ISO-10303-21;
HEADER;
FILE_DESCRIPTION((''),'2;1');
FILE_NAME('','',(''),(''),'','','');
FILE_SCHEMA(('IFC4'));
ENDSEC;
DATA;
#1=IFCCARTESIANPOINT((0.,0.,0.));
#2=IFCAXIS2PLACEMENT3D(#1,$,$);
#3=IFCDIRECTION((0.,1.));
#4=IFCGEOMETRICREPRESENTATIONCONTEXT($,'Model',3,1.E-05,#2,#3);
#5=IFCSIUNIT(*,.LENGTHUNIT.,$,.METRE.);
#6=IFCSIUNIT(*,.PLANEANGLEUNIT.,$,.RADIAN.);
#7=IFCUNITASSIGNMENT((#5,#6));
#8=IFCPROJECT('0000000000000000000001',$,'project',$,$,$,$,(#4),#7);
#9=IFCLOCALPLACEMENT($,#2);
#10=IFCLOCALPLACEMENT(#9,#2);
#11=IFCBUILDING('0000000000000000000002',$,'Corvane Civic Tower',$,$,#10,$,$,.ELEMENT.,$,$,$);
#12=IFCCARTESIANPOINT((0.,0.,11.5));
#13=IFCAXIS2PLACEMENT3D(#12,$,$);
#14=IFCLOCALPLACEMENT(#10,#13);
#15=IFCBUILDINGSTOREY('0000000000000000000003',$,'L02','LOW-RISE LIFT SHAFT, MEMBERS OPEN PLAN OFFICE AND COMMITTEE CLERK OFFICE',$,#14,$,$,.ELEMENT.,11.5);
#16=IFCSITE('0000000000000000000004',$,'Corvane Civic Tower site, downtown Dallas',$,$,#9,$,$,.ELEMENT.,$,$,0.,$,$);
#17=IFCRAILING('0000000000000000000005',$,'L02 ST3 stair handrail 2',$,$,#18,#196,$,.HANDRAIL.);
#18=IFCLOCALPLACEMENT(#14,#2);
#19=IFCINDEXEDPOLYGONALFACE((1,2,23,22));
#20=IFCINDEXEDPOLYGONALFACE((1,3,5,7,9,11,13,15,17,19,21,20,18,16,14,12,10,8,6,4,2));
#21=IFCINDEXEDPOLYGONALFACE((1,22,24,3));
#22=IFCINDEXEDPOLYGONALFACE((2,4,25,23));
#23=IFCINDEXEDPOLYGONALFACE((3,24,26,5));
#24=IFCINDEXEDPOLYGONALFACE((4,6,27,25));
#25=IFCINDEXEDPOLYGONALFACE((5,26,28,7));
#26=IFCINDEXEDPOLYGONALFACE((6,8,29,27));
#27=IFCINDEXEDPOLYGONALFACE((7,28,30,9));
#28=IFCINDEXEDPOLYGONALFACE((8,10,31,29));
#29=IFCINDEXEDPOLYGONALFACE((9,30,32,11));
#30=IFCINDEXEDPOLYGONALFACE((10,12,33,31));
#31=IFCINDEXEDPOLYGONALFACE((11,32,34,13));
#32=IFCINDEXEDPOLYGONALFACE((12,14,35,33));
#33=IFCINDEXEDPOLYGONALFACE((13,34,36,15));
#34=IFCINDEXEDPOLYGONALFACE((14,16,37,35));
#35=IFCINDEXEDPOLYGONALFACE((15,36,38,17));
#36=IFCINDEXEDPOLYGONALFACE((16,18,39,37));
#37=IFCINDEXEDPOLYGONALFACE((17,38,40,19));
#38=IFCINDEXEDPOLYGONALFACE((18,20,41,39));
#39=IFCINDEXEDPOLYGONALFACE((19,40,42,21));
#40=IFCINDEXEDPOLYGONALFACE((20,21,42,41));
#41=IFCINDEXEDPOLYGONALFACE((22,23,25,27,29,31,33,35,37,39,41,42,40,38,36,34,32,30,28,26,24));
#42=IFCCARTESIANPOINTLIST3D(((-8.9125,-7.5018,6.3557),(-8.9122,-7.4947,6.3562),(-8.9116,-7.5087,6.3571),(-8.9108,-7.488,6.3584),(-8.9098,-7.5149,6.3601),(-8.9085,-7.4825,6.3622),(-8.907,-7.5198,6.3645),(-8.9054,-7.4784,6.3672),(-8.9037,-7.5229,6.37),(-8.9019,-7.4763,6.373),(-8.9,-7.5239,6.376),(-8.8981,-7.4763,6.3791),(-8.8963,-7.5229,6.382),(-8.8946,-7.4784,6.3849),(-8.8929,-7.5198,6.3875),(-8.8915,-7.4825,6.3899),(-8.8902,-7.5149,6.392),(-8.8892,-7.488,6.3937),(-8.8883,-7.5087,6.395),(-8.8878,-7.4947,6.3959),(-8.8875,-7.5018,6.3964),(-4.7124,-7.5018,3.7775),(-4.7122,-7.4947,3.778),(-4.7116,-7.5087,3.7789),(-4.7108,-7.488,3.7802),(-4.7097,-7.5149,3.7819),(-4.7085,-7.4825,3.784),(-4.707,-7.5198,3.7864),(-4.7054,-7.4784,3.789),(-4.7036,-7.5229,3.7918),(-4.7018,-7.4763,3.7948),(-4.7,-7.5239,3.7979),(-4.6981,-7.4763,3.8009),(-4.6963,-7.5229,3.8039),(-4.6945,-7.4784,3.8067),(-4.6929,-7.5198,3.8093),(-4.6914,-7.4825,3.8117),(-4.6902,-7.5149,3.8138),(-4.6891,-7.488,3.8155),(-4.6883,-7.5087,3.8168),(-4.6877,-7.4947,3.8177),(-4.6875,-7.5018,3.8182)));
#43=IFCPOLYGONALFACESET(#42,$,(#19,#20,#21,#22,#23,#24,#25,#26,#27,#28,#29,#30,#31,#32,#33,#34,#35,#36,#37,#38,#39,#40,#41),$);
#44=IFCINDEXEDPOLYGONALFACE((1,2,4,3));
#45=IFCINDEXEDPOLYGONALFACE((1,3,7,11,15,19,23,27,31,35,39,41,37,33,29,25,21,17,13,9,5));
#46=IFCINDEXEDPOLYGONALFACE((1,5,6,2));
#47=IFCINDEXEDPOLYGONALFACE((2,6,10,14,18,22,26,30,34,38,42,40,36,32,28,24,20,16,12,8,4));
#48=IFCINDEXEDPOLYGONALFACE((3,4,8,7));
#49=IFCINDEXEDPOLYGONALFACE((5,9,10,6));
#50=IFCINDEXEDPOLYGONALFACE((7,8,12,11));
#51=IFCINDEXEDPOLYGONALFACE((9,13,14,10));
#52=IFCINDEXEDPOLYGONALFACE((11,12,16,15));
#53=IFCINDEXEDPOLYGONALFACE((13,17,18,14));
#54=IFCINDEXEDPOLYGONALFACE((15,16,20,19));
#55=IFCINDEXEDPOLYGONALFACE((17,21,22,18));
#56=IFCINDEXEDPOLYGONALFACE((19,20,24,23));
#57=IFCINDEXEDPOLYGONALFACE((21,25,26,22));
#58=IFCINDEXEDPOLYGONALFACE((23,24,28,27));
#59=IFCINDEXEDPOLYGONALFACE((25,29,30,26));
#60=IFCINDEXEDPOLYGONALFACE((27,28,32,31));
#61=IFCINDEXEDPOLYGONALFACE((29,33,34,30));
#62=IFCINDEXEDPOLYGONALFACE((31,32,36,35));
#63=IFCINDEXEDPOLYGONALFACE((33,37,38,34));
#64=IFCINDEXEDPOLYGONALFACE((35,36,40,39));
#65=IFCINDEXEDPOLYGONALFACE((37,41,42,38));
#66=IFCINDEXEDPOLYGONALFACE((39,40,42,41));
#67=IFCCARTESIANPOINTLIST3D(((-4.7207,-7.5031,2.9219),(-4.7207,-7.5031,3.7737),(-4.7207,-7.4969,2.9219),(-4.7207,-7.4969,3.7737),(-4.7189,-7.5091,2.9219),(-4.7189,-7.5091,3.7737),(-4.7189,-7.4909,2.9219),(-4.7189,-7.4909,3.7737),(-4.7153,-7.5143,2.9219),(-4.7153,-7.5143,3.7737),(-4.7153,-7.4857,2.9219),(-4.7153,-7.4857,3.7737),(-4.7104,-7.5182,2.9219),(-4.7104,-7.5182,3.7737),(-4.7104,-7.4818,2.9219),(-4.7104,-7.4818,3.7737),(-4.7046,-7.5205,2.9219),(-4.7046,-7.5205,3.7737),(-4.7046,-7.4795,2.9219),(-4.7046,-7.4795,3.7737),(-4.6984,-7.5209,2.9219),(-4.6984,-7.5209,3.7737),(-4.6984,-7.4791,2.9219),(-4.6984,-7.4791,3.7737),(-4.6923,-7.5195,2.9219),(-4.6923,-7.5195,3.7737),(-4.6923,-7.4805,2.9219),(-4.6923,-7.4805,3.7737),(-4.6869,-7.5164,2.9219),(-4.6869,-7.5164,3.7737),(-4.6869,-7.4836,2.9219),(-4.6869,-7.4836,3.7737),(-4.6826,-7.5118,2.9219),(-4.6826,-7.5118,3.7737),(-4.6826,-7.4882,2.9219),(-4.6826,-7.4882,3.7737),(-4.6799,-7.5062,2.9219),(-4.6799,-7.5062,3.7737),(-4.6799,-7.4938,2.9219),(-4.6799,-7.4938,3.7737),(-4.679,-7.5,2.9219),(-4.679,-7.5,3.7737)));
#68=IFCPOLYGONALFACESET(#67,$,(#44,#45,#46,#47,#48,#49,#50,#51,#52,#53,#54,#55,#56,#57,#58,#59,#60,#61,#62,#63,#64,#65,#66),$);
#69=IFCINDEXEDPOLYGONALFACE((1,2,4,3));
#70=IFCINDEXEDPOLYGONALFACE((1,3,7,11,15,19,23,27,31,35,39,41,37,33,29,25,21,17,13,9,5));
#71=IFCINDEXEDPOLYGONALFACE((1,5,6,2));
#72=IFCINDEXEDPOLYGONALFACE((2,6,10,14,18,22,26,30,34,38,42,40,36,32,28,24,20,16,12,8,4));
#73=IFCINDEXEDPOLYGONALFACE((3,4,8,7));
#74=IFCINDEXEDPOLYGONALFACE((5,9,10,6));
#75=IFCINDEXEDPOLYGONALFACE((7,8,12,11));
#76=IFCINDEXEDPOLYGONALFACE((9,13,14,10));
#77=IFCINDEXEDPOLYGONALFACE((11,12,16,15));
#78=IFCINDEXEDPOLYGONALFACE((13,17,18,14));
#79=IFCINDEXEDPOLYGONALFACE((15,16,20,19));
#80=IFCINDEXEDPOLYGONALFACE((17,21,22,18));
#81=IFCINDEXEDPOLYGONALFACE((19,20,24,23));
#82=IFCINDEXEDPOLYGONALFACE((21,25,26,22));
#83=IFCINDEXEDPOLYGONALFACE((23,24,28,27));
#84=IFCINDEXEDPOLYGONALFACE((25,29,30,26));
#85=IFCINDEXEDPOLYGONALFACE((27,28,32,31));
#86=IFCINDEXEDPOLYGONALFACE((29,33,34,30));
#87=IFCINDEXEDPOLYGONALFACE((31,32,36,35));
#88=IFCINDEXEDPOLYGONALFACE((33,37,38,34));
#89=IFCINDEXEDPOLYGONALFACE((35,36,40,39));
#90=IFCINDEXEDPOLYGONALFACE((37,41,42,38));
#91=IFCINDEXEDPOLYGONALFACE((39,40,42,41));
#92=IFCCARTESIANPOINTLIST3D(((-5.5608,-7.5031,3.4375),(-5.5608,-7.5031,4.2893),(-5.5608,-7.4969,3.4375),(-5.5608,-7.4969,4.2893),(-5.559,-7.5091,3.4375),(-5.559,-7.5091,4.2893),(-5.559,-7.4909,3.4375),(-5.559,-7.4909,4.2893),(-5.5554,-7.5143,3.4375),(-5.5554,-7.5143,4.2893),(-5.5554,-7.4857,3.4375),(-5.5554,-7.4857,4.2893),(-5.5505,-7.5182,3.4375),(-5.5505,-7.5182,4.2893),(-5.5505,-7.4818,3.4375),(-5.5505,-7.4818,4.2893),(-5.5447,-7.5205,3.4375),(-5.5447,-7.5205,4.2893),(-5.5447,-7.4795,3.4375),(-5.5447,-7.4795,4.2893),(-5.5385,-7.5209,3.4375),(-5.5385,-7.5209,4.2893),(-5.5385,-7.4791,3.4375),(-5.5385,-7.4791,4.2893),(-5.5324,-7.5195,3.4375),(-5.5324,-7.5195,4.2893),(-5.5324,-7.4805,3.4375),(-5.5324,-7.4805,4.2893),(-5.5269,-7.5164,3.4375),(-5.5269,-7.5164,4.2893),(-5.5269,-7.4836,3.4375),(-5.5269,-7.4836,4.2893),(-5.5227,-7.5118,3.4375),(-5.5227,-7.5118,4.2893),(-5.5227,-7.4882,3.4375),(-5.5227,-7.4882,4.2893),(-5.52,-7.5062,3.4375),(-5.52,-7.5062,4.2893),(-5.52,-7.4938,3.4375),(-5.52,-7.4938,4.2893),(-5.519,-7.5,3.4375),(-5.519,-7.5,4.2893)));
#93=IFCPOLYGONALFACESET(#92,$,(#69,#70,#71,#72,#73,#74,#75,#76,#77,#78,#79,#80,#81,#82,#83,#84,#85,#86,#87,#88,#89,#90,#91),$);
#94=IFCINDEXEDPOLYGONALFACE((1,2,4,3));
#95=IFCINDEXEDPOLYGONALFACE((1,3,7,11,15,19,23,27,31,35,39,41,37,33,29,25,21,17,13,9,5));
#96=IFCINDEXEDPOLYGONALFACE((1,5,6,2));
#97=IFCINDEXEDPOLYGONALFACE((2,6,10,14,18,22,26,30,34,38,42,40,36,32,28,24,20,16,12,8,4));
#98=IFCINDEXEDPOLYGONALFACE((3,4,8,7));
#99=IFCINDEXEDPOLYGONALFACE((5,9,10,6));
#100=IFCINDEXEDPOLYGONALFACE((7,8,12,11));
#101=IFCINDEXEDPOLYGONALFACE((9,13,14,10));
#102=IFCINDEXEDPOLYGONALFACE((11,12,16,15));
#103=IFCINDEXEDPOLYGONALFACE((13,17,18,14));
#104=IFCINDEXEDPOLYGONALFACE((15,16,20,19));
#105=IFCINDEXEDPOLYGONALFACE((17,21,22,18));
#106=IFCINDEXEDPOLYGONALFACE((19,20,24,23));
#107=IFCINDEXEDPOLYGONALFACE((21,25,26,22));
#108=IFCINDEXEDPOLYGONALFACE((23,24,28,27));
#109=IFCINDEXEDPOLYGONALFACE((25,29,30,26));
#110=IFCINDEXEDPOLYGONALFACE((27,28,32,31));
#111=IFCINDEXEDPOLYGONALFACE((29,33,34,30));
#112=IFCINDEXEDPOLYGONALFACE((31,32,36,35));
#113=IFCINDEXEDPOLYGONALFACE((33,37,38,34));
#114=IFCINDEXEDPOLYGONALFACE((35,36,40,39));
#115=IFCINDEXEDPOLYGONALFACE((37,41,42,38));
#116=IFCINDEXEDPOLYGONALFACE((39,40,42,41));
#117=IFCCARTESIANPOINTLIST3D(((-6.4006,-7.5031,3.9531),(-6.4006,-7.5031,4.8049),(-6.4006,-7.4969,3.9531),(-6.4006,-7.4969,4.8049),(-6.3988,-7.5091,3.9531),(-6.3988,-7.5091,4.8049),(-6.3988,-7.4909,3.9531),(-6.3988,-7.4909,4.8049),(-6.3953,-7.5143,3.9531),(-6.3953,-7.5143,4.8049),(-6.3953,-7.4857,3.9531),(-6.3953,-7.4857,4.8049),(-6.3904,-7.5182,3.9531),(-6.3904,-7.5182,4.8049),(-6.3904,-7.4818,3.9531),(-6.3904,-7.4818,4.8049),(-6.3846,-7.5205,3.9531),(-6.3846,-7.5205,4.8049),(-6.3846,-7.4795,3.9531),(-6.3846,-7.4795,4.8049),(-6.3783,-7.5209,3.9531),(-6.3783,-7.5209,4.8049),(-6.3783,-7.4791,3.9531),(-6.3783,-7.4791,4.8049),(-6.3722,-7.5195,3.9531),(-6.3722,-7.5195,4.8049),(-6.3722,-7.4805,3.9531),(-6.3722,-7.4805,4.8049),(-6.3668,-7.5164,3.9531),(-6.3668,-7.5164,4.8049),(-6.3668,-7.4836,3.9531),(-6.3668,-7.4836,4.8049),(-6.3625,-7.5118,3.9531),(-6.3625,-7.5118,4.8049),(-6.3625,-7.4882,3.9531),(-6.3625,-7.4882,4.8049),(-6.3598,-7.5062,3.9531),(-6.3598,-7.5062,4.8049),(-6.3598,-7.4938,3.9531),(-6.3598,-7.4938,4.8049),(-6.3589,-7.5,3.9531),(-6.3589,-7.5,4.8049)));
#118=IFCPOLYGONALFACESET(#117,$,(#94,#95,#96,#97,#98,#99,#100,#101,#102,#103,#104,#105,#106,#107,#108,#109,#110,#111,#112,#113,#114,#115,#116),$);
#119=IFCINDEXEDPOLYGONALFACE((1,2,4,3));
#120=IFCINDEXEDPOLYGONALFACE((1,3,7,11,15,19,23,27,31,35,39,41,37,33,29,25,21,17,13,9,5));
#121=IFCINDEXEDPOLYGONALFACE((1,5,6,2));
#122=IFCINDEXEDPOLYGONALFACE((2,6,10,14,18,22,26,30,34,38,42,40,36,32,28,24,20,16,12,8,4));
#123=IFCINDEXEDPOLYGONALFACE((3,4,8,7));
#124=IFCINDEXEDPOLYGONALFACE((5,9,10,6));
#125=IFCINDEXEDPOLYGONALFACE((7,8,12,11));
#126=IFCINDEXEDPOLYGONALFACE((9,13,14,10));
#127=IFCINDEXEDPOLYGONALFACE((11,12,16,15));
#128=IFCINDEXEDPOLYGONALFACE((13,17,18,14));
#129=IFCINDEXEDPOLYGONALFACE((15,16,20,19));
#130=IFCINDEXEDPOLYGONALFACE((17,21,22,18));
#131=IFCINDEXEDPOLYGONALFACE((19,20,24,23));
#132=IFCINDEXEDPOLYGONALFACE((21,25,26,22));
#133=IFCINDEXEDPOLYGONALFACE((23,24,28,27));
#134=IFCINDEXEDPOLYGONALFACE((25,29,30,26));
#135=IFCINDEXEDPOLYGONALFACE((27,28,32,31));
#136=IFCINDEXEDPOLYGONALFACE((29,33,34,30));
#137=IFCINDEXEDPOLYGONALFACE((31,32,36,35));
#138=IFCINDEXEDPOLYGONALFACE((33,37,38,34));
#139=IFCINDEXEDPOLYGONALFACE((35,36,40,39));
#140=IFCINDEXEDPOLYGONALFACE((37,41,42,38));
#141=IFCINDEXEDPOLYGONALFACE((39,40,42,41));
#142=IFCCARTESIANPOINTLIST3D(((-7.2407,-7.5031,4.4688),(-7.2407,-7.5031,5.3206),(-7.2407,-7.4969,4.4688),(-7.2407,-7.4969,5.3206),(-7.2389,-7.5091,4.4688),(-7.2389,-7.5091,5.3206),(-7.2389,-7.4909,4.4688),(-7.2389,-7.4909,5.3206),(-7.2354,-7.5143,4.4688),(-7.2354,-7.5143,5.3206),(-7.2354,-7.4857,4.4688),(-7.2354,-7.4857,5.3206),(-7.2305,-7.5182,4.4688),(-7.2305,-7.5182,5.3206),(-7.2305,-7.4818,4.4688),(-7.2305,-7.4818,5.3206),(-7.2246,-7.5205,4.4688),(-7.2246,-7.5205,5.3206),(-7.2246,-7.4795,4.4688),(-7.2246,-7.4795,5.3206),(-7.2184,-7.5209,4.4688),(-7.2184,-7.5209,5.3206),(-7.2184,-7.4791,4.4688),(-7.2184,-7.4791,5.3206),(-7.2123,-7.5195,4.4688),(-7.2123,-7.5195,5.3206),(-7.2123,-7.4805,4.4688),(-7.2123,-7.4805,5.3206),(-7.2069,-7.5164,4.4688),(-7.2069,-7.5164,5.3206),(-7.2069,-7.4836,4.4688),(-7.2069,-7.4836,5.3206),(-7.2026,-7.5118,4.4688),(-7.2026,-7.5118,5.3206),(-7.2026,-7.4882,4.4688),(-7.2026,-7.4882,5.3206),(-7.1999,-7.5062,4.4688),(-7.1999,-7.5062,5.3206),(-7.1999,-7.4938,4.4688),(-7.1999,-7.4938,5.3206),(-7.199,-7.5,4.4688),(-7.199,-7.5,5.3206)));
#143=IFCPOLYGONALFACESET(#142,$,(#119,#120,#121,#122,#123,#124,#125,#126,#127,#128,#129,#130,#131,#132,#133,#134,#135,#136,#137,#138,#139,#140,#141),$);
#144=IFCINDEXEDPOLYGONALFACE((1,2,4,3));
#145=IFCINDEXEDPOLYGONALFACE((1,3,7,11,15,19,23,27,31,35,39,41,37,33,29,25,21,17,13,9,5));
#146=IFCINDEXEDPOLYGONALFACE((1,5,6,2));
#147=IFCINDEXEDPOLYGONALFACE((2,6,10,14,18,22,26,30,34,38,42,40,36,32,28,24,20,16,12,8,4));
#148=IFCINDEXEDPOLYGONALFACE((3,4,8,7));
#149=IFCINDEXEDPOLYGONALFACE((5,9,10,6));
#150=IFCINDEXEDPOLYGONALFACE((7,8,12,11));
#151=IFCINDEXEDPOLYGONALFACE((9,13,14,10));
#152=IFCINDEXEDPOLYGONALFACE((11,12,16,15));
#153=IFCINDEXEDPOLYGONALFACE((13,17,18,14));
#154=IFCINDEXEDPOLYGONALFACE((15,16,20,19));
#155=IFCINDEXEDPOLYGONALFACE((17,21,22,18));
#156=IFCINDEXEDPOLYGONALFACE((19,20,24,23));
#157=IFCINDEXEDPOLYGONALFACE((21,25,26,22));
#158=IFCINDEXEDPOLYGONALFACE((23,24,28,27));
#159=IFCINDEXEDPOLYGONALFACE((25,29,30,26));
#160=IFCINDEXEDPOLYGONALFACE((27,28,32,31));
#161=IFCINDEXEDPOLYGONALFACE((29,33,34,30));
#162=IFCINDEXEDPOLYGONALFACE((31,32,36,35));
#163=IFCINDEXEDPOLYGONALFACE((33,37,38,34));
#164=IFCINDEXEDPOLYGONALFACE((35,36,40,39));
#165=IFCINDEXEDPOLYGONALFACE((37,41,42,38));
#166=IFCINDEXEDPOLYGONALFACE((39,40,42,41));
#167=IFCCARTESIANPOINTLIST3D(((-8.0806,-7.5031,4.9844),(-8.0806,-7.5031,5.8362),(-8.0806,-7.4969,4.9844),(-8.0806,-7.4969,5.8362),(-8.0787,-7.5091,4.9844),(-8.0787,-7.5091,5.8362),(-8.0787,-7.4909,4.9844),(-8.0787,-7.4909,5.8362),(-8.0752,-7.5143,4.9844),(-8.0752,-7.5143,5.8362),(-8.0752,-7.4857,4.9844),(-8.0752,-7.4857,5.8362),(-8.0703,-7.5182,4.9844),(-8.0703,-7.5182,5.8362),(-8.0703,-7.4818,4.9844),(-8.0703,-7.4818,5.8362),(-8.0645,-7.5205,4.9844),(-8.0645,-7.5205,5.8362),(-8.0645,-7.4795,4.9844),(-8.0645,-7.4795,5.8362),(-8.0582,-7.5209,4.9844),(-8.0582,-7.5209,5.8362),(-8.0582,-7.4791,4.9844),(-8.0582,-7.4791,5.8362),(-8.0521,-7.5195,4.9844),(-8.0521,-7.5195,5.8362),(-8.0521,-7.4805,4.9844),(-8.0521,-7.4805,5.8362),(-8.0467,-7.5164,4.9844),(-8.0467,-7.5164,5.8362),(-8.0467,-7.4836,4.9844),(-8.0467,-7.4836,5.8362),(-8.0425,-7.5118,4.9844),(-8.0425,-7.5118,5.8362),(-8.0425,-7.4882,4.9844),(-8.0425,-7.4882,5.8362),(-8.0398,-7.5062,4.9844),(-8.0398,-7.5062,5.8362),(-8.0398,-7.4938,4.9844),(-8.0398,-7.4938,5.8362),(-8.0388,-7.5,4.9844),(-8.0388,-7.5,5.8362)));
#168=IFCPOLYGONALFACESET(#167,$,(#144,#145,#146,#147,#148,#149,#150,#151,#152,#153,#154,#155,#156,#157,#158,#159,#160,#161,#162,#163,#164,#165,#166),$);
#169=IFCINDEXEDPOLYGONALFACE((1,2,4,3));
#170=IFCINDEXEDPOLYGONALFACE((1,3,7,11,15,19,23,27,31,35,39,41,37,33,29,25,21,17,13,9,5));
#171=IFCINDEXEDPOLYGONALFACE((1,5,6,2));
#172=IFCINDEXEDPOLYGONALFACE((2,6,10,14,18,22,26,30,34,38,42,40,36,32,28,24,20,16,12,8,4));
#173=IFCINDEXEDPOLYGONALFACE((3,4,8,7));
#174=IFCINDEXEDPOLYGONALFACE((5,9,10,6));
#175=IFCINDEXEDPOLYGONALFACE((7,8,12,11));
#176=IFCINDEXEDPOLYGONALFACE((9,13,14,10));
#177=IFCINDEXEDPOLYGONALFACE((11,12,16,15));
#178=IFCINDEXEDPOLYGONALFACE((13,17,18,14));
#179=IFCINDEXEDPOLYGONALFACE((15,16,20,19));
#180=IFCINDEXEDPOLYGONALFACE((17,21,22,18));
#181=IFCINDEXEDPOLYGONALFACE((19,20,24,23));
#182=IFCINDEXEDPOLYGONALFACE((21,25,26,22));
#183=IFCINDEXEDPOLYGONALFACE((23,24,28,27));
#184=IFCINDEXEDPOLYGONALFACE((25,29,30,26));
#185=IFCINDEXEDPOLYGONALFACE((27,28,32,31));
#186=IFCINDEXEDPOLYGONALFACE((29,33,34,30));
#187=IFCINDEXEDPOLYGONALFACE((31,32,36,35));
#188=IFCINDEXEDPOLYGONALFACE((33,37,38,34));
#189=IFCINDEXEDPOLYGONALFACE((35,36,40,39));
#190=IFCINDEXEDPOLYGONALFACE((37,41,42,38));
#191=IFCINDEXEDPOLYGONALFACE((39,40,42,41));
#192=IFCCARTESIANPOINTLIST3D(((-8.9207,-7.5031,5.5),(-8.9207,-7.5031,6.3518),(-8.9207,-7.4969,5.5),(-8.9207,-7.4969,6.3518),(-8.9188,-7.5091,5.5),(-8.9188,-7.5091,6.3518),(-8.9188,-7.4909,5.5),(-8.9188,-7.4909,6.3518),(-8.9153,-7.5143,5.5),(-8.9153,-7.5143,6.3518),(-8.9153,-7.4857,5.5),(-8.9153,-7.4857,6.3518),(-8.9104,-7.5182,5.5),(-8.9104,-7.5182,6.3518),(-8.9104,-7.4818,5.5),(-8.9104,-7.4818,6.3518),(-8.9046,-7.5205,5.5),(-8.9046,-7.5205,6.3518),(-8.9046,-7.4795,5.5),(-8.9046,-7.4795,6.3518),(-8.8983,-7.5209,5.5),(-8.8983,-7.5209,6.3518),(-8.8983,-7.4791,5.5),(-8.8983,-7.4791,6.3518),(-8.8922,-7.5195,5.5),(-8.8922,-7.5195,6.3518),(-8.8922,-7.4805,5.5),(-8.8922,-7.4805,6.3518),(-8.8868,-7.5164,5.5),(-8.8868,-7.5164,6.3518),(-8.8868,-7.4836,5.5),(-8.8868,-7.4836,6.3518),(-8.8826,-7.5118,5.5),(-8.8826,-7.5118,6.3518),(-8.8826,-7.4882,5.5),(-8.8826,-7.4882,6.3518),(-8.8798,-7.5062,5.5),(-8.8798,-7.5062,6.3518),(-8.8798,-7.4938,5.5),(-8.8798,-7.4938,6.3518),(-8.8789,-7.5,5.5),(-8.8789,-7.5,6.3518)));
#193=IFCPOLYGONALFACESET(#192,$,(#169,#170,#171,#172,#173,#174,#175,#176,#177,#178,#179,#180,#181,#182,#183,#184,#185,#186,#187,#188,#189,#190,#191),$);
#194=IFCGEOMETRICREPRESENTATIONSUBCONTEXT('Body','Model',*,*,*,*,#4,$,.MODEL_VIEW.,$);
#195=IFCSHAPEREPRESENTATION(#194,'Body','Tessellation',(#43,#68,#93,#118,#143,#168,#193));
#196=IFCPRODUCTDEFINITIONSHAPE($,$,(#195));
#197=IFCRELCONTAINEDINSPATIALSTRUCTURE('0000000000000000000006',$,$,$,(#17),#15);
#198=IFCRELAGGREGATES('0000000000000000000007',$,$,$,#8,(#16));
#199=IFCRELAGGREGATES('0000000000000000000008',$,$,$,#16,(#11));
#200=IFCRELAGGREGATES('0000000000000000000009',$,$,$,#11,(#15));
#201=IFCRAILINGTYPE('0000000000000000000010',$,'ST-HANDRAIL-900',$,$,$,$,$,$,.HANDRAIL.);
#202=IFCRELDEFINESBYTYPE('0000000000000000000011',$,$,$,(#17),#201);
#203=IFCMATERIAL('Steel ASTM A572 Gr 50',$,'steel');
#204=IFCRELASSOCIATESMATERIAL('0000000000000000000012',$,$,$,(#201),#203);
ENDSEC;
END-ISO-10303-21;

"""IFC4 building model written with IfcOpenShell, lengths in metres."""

from ifc_helpers import new_model, si_unit, direction, frame, origin, origin_2d, place, context, subcontext, project, spatial, circle, extrude, material, type_object, element, save


model = new_model("IFC4")

# Units and contexts
model_context = context("Model", 3, precision=1e-05, world=origin(), true_north=direction((0.0, 1.0)))
body_context = subcontext(model_context, "Body", "Model", "MODEL_VIEW")
ifc_project = project(units=[si_unit("LENGTHUNIT", "METRE"), si_unit("PLANEANGLEUNIT", "RADIAN")], contexts=[model_context])

# Site, building, storey
site_placement = place(None, origin())
site = spatial("IfcSite", under=ifc_project, at=site_placement, Name="Corvane Civic Tower site, downtown Dallas", CompositionType="ELEMENT", RefElevation=0.0)
building_placement = place(site_placement, origin())
building = spatial("IfcBuilding", under=site, at=building_placement, Name="Corvane Civic Tower", CompositionType="ELEMENT")
storey_placement = place(building_placement, frame((0.0, 0.0, 11.5)))
storey = spatial("IfcBuildingStorey", under=building, at=storey_placement, Name="L02", Description="LOW-RISE LIFT SHAFT, MEMBERS OPEN PLAN OFFICE AND COMMITTEE CLERK OFFICE", CompositionType="ELEMENT", Elevation=11.5)

# Railing
ifc_material_1 = material(Name="Steel ASTM A572 Gr 50", Category="steel")
railing_type = type_object("IfcRailingType", Name="ST-HANDRAIL-900", PredefinedType="HANDRAIL", material=ifc_material_1)
railing_placement = place(storey_placement, frame((-4.7, -7.5, 2.9219)))
element("IfcRailing", 1, at=railing_placement, inside=storey, type_object=railing_type, Name="L02 ST3 stair handrail 2", PredefinedType="HANDRAIL", context=body_context, shape_type="SweptSolid", body=[
    extrude(circle(Radius=0.0239, at=origin_2d()), frame((0.0, 0.0, 0.876), z_axis=(-0.852243, 0.0, 0.523146), x_axis=(0.0, -1.0, 0.0)), (0.0, 0.0, 1.0), 4.9282),
    extrude(circle(Radius=0.021, at=origin_2d()), origin(), (0.0, 0.0, 1.0), 0.8518),
    extrude(circle(Radius=0.021, at=origin_2d()), frame((-0.8401, 0.0, 0.5156)), (0.0, 0.0, 1.0), 0.8518),
    extrude(circle(Radius=0.021, at=origin_2d()), frame((-1.6799, 0.0, 1.0312)), (0.0, 0.0, 1.0), 0.8518),
    extrude(circle(Radius=0.021, at=origin_2d()), frame((-2.52, 0.0, 1.5469)), (0.0, 0.0, 1.0), 0.8518),
    extrude(circle(Radius=0.021, at=origin_2d()), frame((-3.3599, 0.0, 2.0625)), (0.0, 0.0, 1.0), 0.8518),
    extrude(circle(Radius=0.021, at=origin_2d()), frame((-4.2, 0.0, 2.5781)), (0.0, 0.0, 1.0), 0.8518),
])

save(model, "model.ifc")
